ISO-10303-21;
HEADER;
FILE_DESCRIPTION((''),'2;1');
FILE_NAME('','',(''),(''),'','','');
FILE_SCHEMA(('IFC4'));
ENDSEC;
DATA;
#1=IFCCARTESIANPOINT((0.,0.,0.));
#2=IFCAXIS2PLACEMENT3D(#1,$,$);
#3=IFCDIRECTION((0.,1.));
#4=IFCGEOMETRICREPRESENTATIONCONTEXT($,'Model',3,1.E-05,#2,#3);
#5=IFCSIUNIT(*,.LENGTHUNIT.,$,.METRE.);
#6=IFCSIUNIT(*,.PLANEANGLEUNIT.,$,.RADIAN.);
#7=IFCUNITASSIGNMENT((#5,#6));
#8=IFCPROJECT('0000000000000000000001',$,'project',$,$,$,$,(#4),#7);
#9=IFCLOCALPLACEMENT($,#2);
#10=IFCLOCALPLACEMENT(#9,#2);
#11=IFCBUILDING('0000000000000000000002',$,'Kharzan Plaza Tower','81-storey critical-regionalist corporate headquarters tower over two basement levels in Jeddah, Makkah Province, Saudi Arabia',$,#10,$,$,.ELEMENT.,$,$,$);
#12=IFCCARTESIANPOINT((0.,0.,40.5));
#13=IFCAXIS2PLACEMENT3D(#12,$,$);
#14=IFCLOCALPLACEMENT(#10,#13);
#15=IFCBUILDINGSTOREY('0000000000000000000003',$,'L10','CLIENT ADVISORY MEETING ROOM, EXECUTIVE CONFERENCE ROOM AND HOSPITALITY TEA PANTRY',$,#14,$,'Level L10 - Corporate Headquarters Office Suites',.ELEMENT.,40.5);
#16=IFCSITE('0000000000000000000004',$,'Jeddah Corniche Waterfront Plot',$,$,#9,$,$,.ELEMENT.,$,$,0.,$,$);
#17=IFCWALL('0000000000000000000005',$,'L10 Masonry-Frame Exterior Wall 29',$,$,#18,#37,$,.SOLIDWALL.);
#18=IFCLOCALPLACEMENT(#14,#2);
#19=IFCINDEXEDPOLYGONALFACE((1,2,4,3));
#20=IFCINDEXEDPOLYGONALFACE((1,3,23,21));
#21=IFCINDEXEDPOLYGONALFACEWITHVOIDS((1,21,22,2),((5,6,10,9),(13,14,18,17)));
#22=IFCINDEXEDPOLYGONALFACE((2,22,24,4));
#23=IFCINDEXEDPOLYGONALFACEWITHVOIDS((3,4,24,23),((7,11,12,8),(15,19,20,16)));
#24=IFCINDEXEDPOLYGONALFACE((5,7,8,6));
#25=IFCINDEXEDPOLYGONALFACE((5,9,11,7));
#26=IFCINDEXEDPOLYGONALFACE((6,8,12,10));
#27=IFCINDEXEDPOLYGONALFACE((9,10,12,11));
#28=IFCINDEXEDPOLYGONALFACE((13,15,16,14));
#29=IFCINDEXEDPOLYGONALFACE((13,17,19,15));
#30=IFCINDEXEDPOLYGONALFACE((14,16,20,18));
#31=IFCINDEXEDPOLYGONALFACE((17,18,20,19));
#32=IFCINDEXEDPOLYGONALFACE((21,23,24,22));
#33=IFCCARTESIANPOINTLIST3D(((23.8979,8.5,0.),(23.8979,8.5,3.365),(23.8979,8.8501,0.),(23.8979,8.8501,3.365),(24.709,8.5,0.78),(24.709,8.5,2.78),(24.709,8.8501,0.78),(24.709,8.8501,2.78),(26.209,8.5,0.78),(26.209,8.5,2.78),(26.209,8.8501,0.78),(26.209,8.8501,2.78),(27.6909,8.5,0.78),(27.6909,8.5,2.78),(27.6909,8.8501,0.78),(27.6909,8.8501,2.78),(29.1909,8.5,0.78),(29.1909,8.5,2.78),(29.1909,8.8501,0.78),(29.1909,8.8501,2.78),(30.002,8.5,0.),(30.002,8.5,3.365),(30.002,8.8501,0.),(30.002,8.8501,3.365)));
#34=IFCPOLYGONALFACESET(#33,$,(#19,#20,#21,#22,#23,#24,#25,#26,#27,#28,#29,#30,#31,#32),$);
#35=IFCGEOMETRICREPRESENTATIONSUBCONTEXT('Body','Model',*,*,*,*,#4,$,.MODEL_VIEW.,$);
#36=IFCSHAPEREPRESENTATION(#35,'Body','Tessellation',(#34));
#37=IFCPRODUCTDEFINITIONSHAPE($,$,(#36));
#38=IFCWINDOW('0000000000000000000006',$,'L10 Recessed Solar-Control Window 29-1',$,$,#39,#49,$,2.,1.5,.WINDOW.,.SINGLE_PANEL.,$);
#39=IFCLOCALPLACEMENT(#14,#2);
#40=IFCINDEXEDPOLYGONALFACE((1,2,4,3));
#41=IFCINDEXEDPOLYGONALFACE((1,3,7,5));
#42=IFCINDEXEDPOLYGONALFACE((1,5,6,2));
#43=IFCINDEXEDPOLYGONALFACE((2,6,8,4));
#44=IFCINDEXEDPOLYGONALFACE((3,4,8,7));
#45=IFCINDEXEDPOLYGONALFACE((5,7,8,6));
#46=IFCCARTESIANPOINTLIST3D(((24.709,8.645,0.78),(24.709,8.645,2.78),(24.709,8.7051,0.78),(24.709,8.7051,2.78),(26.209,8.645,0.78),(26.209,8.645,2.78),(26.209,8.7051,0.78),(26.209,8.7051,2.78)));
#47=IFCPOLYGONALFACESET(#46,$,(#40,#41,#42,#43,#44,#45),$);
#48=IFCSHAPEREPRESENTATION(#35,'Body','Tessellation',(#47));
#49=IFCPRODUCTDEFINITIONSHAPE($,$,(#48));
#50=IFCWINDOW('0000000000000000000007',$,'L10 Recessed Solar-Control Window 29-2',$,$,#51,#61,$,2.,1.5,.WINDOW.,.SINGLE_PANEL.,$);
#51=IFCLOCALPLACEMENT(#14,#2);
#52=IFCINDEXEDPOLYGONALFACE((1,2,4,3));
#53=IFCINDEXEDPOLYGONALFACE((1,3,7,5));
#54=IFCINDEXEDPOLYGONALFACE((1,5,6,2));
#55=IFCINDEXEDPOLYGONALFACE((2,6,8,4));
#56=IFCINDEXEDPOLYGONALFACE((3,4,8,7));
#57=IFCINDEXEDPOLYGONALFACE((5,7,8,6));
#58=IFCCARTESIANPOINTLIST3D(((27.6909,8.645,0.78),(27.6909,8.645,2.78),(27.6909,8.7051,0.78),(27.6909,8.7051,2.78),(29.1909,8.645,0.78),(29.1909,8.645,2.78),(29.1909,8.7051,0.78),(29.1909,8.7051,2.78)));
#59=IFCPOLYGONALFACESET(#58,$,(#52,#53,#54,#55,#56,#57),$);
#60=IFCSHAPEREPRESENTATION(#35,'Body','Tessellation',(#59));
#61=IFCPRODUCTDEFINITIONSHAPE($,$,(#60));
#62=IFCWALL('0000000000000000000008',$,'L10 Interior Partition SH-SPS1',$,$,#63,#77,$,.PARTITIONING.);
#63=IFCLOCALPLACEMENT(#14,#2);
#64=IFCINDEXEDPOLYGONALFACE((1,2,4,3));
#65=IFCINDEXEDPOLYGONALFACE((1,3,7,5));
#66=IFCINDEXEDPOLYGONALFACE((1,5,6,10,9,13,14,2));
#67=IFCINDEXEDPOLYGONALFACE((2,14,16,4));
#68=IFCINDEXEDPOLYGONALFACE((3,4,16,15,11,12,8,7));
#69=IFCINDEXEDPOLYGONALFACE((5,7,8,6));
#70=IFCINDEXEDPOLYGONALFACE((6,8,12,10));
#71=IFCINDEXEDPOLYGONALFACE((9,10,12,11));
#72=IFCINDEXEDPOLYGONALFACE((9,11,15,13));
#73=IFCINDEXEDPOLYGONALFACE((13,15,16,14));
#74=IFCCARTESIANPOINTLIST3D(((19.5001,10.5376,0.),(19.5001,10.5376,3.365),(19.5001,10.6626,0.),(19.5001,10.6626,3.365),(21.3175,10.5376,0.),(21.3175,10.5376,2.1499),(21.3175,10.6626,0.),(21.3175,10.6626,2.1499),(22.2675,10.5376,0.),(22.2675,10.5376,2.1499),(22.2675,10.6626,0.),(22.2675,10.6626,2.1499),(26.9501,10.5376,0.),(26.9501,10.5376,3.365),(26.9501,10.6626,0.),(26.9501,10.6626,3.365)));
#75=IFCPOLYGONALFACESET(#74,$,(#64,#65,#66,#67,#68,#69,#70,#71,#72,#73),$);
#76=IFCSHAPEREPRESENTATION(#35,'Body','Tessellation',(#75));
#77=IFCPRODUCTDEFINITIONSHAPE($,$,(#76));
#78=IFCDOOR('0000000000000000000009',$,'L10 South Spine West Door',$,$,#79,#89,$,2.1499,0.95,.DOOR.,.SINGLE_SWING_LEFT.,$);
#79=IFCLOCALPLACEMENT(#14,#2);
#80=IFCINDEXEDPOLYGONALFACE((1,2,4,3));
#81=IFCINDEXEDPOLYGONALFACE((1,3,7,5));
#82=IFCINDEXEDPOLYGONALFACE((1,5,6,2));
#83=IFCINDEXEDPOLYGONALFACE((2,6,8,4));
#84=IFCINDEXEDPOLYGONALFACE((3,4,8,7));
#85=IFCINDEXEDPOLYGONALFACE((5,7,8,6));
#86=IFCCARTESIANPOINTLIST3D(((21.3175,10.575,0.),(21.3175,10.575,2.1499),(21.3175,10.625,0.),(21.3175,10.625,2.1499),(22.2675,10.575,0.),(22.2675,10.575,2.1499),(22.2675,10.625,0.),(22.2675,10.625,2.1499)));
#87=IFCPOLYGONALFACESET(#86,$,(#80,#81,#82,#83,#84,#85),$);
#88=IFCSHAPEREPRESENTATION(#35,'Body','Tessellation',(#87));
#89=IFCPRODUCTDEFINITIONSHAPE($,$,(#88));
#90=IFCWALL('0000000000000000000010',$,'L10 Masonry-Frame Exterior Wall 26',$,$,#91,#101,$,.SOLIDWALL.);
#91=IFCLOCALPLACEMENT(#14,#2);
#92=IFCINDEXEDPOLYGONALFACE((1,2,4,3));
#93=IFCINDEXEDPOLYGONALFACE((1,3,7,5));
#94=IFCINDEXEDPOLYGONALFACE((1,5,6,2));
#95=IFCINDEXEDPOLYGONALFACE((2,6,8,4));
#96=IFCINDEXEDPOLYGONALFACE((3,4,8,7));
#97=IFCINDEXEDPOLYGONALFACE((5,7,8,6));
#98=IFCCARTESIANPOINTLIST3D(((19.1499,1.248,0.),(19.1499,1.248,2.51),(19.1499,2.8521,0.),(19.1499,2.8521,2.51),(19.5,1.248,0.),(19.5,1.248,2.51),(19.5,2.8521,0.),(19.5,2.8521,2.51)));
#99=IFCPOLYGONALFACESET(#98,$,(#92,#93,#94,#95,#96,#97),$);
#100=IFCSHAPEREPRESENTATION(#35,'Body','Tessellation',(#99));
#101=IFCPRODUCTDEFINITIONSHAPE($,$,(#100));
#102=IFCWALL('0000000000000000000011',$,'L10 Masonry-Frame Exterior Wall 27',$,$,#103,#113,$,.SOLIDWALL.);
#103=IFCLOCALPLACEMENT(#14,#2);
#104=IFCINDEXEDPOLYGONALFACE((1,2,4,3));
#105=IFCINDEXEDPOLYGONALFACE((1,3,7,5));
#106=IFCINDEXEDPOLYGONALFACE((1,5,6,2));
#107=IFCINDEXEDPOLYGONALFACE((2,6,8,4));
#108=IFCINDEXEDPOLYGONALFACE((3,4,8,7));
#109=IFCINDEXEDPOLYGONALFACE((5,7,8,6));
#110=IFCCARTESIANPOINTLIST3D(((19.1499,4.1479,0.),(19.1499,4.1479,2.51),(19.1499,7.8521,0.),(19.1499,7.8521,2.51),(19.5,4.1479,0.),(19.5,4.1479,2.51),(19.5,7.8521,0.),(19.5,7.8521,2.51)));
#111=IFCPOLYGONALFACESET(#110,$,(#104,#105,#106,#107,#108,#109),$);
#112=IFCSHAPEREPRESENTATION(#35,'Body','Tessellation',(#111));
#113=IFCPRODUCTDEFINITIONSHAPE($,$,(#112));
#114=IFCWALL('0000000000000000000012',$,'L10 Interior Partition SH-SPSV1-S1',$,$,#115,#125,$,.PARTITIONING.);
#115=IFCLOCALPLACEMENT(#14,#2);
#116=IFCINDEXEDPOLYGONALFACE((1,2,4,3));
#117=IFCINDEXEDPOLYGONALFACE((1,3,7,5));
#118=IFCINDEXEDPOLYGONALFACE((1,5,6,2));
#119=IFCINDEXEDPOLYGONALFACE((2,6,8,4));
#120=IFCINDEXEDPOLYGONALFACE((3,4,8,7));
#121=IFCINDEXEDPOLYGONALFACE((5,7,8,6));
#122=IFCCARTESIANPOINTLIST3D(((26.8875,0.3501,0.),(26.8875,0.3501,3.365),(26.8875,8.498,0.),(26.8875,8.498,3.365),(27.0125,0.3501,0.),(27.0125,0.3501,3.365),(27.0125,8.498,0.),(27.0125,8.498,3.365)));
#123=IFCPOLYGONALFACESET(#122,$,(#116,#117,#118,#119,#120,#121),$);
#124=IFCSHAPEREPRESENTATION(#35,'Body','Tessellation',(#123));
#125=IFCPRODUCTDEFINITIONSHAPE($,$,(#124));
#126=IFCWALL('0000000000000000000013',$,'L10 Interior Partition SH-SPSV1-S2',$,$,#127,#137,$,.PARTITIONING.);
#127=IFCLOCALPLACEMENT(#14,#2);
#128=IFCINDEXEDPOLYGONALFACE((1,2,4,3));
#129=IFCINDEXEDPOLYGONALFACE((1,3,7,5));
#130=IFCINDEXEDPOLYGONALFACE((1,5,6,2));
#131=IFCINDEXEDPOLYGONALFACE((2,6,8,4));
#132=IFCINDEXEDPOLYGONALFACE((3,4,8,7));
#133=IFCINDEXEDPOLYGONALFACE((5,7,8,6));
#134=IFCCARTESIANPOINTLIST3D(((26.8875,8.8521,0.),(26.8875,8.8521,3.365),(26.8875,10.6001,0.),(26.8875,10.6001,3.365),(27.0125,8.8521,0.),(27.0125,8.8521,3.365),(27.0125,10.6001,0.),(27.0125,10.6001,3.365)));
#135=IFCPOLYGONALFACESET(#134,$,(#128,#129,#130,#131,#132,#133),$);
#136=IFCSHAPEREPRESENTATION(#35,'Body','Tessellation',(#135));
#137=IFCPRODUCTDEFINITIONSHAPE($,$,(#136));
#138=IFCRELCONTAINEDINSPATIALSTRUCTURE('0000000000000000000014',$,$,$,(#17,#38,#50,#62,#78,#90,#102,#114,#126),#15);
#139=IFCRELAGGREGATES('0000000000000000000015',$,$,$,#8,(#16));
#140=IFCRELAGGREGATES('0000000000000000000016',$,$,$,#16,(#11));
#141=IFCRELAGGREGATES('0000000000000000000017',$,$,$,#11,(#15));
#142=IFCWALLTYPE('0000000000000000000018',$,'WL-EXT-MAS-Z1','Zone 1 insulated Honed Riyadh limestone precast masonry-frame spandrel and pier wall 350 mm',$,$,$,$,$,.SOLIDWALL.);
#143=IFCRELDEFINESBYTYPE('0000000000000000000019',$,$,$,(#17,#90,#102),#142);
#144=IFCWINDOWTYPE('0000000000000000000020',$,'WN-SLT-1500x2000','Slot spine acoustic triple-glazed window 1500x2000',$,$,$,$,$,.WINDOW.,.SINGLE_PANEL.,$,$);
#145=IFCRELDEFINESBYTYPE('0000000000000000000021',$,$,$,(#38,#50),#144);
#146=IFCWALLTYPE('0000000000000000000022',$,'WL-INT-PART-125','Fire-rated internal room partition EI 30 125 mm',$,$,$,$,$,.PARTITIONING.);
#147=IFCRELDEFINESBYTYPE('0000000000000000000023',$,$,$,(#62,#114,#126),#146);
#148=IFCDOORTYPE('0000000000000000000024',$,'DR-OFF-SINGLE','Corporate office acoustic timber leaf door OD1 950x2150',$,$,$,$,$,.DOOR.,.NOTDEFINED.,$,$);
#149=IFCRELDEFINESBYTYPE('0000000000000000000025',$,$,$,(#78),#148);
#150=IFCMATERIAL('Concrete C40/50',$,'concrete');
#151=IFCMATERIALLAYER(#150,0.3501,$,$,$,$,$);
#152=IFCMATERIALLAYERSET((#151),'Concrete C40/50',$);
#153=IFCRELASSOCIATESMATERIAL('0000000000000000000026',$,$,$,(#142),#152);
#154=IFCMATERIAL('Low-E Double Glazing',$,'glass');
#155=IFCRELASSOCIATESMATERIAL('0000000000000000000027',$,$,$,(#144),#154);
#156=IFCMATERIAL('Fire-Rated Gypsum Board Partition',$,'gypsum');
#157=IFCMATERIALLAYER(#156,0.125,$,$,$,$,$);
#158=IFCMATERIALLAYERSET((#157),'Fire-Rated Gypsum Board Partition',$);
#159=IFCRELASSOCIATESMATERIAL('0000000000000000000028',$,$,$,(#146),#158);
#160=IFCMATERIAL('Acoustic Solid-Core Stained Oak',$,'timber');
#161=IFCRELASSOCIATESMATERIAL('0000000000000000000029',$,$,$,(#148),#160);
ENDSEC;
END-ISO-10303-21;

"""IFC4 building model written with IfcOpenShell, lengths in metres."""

from ifc_helpers import new_model, si_unit, direction, frame, frame_2d, origin, place, context, subcontext, project, spatial, rectangle, extrude, source, transform, mapped, material, layer, layer_set, type_object, element, fill, save


model = new_model("IFC4")

# Units and contexts
model_context = context("Model", 3, precision=1e-05, world=origin(), true_north=direction((0.0, 1.0)))
body_context = subcontext(model_context, "Body", "Model", "MODEL_VIEW")
ifc_project = project(units=[si_unit("LENGTHUNIT", "METRE"), si_unit("PLANEANGLEUNIT", "RADIAN")], contexts=[model_context])

# Site, building, storey
site_placement = place(None, origin())
site = spatial("IfcSite", under=ifc_project, at=site_placement, Name="Jeddah Corniche Waterfront Plot", CompositionType="ELEMENT", RefElevation=0.0)
building_placement = place(site_placement, origin())
building = spatial("IfcBuilding", under=site, at=building_placement, Name="Kharzan Plaza Tower", Description="81-storey critical-regionalist corporate headquarters tower over two basement levels in Jeddah, Makkah Province, Saudi Arabia", CompositionType="ELEMENT")
storey_placement = place(building_placement, frame((0.0, 0.0, 40.5)))
storey = spatial("IfcBuildingStorey", under=building, at=storey_placement, Name="L10", Description="CLIENT ADVISORY MEETING ROOM, EXECUTIVE CONFERENCE ROOM AND HOSPITALITY TEA PANTRY", LongName="Level L10 - Corporate Headquarters Office Suites", CompositionType="ELEMENT", Elevation=40.5)

# Shared definitions
ifc_material_1 = material(Name="Concrete C40/50", Category="concrete")
ifc_layer_1 = layer(ifc_material_1, 0.3501)
ifc_layer_set_1 = layer_set([ifc_layer_1], Name="Concrete C40/50")
wall_type_1 = type_object("IfcWallType", Name="WL-EXT-MAS-Z1", Description="Zone 1 insulated Honed Riyadh limestone precast masonry-frame spandrel and pier wall 350 mm", PredefinedType="SOLIDWALL", material=ifc_layer_set_1)
ifc_material_2 = material(Name="Low-E Double Glazing", Category="glass")
window_type = type_object("IfcWindowType", Name="WN-SLT-1500x2000", Description="Slot spine acoustic triple-glazed window 1500x2000", PartitioningType="SINGLE_PANEL", PredefinedType="WINDOW", material=ifc_material_2)
shared_shape_1 = source(origin(), body_context, "Body", "SweptSolid", [
    extrude(rectangle(XDim=1.5, YDim=2.0, at=frame_2d((0.75, 1.0))), frame((0.0, 0.03, 0.0), z_axis=(0.0, -1.0, 0.0), x_axis=(1.0, 0.0, 0.0)), (0.0, 0.0, 1.0), 0.0601),
])

# Wall, openings, windows
wall_1_placement = place(storey_placement, frame((23.8979, 8.675, 0.0), z_axis=(0.0, 0.0, 1.0), x_axis=(1.0, 0.0, 0.0)))
wall_1 = element("IfcWall", 1, at=wall_1_placement, inside=storey, type_object=wall_type_1, Name="L10 Masonry-Frame Exterior Wall 29", PredefinedType="SOLIDWALL", context=body_context, shape_type="SweptSolid", body=[
    extrude(rectangle(XDim=6.104, YDim=0.3501, at=frame_2d((3.052, 0.0))), origin(), (0.0, 0.0, 1.0), 3.365),
])
opening_1_placement = place(wall_1_placement, frame((0.811, 0.0, 0.78)))
opening_1 = element("IfcOpeningElement", 2, at=opening_1_placement, cuts=wall_1, PredefinedType="OPENING", context=body_context, shape_type="SweptSolid", body=[
    extrude(rectangle(XDim=1.5, YDim=2.0, at=frame_2d((0.75, 1.0))), frame((0.0, 0.1851, 0.0), z_axis=(0.0, -1.0, 0.0), x_axis=(1.0, 0.0, 0.0)), (0.0, 0.0, 1.0), 0.3701),
])
opening_2_placement = place(wall_1_placement, frame((3.793, 0.0, 0.78)))
opening_2 = element("IfcOpeningElement", 3, at=opening_2_placement, cuts=wall_1, PredefinedType="OPENING", context=body_context, shape_type="SweptSolid", body=[
    extrude(rectangle(XDim=1.5, YDim=2.0, at=frame_2d((0.75, 1.0))), frame((0.0, 0.1851, 0.0), z_axis=(0.0, -1.0, 0.0), x_axis=(1.0, 0.0, 0.0)), (0.0, 0.0, 1.0), 0.3701),
])
window_1_placement = place(opening_1_placement, origin())
window_1 = element("IfcWindow", 4, at=window_1_placement, inside=storey, type_object=window_type, Name="L10 Recessed Solar-Control Window 29-1", OverallHeight=2.0, OverallWidth=1.5, PartitioningType="SINGLE_PANEL", PredefinedType="WINDOW", context=body_context, shape_type="MappedRepresentation", body=[
    mapped(shared_shape_1, transform((0.0, 0.0, 0.0), x_axis=(1.0, 0.0, 0.0), y_axis=(0.0, 1.0, 0.0), z_axis=(0.0, 0.0, 1.0))),
])
fill(opening_1, window_1)
window_2_placement = place(opening_2_placement, origin())
window_2 = element("IfcWindow", 5, at=window_2_placement, inside=storey, type_object=window_type, Name="L10 Recessed Solar-Control Window 29-2", OverallHeight=2.0, OverallWidth=1.5, PartitioningType="SINGLE_PANEL", PredefinedType="WINDOW", context=body_context, shape_type="MappedRepresentation", body=[
    mapped(shared_shape_1, transform((0.0, 0.0, 0.0), x_axis=(1.0, 0.0, 0.0), y_axis=(0.0, 1.0, 0.0), z_axis=(0.0, 0.0, 1.0))),
])
fill(opening_2, window_2)

# Wall, opening, door
ifc_material_3 = material(Name="Fire-Rated Gypsum Board Partition", Category="gypsum")
ifc_layer_2 = layer(ifc_material_3, 0.125)
ifc_layer_set_2 = layer_set([ifc_layer_2], Name="Fire-Rated Gypsum Board Partition")
wall_type_2 = type_object("IfcWallType", Name="WL-INT-PART-125", Description="Fire-rated internal room partition EI 30 125 mm", PredefinedType="PARTITIONING", material=ifc_layer_set_2)
wall_2_placement = place(storey_placement, frame((19.5, 10.6001, 0.0), z_axis=(0.0, 0.0, 1.0), x_axis=(1.0, 0.0, 0.0)))
wall_2 = element("IfcWall", 6, at=wall_2_placement, inside=storey, type_object=wall_type_2, Name="L10 Interior Partition SH-SPS1", PredefinedType="PARTITIONING", context=body_context, shape_type="SweptSolid", body=[
    extrude(rectangle(XDim=7.45, YDim=0.125, at=frame_2d((3.7251, 0.0))), origin(), (0.0, 0.0, 1.0), 3.365),
])
opening_3_placement = place(wall_2_placement, frame((1.8174, 0.0, 0.0)))
opening_3 = element("IfcOpeningElement", 7, at=opening_3_placement, cuts=wall_2, PredefinedType="OPENING", context=body_context, shape_type="SweptSolid", body=[
    extrude(rectangle(XDim=0.95, YDim=2.1499, at=frame_2d((0.4751, 1.075))), frame((0.0, 0.0725, 0.0), z_axis=(0.0, -1.0, 0.0), x_axis=(1.0, 0.0, 0.0)), (0.0, 0.0, 1.0), 0.145),
])
ifc_material_4 = material(Name="Acoustic Solid-Core Stained Oak", Category="timber")
door_type = type_object("IfcDoorType", Name="DR-OFF-SINGLE", Description="Corporate office acoustic timber leaf door OD1 950x2150", OperationType="NOTDEFINED", PredefinedType="DOOR", material=ifc_material_4)
shared_shape_2 = source(origin(), body_context, "Body", "SweptSolid", [
    extrude(rectangle(XDim=0.95, YDim=2.1499, at=frame_2d((0.4751, 1.075))), frame((0.0, 0.0249, 0.0), z_axis=(0.0, -1.0, 0.0), x_axis=(1.0, 0.0, 0.0)), (0.0, 0.0, 1.0), 0.05),
])
door_placement = place(opening_3_placement, origin())
door = element("IfcDoor", 8, at=door_placement, inside=storey, type_object=door_type, Name="L10 South Spine West Door", OperationType="SINGLE_SWING_LEFT", OverallHeight=2.1499, OverallWidth=0.95, PredefinedType="DOOR", context=body_context, shape_type="MappedRepresentation", body=[
    mapped(shared_shape_2, transform((0.0, 0.0, 0.0), x_axis=(1.0, 0.0, 0.0), y_axis=(0.0, 1.0, 0.0), z_axis=(0.0, 0.0, 1.0))),
])
fill(opening_3, door)

# Walls
shared_shape_3 = source(origin(), body_context, "Body", "SweptSolid", [
    extrude(rectangle(XDim=1.604, YDim=0.3501, at=frame_2d((0.802, 0.0))), origin(), (0.0, 0.0, 1.0), 2.51),
])
wall_3_placement = place(storey_placement, frame((19.325, 1.248, 0.0), z_axis=(0.0, 0.0, 1.0), x_axis=(0.0, 1.0, 0.0)))
element("IfcWall", 9, at=wall_3_placement, inside=storey, type_object=wall_type_1, Name="L10 Masonry-Frame Exterior Wall 26", PredefinedType="SOLIDWALL", context=body_context, shape_type="MappedRepresentation", body=[
    mapped(shared_shape_3, transform((0.0, 0.0, 0.0), x_axis=(1.0, 0.0, 0.0), y_axis=(0.0, 1.0, 0.0), z_axis=(0.0, 0.0, 1.0))),
])
shared_shape_4 = source(origin(), body_context, "Body", "SweptSolid", [
    extrude(rectangle(XDim=3.7041, YDim=0.3501, at=frame_2d((1.8521, 0.0))), origin(), (0.0, 0.0, 1.0), 2.51),
])
wall_4_placement = place(storey_placement, frame((19.325, 4.1479, 0.0), z_axis=(0.0, 0.0, 1.0), x_axis=(0.0, 1.0, 0.0)))
element("IfcWall", 10, at=wall_4_placement, inside=storey, type_object=wall_type_1, Name="L10 Masonry-Frame Exterior Wall 27", PredefinedType="SOLIDWALL", context=body_context, shape_type="MappedRepresentation", body=[
    mapped(shared_shape_4, transform((0.0, 0.0, 0.0), x_axis=(1.0, 0.0, 0.0), y_axis=(0.0, 1.0, 0.0), z_axis=(0.0, 0.0, 1.0))),
])
shared_shape_5 = source(origin(), body_context, "Body", "SweptSolid", [
    extrude(rectangle(XDim=8.1479, YDim=0.125, at=frame_2d((4.074, 0.0))), origin(), (0.0, 0.0, 1.0), 3.365),
])
wall_5_placement = place(storey_placement, frame((26.95, 0.3501, 0.0), z_axis=(0.0, 0.0, 1.0), x_axis=(0.0, 1.0, 0.0)))
element("IfcWall", 11, at=wall_5_placement, inside=storey, type_object=wall_type_2, Name="L10 Interior Partition SH-SPSV1-S1", PredefinedType="PARTITIONING", context=body_context, shape_type="MappedRepresentation", body=[
    mapped(shared_shape_5, transform((0.0, 0.0, 0.0), x_axis=(1.0, 0.0, 0.0), y_axis=(0.0, 1.0, 0.0), z_axis=(0.0, 0.0, 1.0))),
])
shared_shape_6 = source(origin(), body_context, "Body", "SweptSolid", [
    extrude(rectangle(XDim=1.748, YDim=0.125, at=frame_2d((0.874, 0.0))), origin(), (0.0, 0.0, 1.0), 3.365),
])
wall_6_placement = place(storey_placement, frame((26.95, 8.8521, 0.0), z_axis=(0.0, 0.0, 1.0), x_axis=(0.0, 1.0, 0.0)))
element("IfcWall", 12, at=wall_6_placement, inside=storey, type_object=wall_type_2, Name="L10 Interior Partition SH-SPSV1-S2", PredefinedType="PARTITIONING", context=body_context, shape_type="MappedRepresentation", body=[
    mapped(shared_shape_6, transform((0.0, 0.0, 0.0), x_axis=(1.0, 0.0, 0.0), y_axis=(0.0, 1.0, 0.0), z_axis=(0.0, 0.0, 1.0))),
])

save(model, "model.ifc")
